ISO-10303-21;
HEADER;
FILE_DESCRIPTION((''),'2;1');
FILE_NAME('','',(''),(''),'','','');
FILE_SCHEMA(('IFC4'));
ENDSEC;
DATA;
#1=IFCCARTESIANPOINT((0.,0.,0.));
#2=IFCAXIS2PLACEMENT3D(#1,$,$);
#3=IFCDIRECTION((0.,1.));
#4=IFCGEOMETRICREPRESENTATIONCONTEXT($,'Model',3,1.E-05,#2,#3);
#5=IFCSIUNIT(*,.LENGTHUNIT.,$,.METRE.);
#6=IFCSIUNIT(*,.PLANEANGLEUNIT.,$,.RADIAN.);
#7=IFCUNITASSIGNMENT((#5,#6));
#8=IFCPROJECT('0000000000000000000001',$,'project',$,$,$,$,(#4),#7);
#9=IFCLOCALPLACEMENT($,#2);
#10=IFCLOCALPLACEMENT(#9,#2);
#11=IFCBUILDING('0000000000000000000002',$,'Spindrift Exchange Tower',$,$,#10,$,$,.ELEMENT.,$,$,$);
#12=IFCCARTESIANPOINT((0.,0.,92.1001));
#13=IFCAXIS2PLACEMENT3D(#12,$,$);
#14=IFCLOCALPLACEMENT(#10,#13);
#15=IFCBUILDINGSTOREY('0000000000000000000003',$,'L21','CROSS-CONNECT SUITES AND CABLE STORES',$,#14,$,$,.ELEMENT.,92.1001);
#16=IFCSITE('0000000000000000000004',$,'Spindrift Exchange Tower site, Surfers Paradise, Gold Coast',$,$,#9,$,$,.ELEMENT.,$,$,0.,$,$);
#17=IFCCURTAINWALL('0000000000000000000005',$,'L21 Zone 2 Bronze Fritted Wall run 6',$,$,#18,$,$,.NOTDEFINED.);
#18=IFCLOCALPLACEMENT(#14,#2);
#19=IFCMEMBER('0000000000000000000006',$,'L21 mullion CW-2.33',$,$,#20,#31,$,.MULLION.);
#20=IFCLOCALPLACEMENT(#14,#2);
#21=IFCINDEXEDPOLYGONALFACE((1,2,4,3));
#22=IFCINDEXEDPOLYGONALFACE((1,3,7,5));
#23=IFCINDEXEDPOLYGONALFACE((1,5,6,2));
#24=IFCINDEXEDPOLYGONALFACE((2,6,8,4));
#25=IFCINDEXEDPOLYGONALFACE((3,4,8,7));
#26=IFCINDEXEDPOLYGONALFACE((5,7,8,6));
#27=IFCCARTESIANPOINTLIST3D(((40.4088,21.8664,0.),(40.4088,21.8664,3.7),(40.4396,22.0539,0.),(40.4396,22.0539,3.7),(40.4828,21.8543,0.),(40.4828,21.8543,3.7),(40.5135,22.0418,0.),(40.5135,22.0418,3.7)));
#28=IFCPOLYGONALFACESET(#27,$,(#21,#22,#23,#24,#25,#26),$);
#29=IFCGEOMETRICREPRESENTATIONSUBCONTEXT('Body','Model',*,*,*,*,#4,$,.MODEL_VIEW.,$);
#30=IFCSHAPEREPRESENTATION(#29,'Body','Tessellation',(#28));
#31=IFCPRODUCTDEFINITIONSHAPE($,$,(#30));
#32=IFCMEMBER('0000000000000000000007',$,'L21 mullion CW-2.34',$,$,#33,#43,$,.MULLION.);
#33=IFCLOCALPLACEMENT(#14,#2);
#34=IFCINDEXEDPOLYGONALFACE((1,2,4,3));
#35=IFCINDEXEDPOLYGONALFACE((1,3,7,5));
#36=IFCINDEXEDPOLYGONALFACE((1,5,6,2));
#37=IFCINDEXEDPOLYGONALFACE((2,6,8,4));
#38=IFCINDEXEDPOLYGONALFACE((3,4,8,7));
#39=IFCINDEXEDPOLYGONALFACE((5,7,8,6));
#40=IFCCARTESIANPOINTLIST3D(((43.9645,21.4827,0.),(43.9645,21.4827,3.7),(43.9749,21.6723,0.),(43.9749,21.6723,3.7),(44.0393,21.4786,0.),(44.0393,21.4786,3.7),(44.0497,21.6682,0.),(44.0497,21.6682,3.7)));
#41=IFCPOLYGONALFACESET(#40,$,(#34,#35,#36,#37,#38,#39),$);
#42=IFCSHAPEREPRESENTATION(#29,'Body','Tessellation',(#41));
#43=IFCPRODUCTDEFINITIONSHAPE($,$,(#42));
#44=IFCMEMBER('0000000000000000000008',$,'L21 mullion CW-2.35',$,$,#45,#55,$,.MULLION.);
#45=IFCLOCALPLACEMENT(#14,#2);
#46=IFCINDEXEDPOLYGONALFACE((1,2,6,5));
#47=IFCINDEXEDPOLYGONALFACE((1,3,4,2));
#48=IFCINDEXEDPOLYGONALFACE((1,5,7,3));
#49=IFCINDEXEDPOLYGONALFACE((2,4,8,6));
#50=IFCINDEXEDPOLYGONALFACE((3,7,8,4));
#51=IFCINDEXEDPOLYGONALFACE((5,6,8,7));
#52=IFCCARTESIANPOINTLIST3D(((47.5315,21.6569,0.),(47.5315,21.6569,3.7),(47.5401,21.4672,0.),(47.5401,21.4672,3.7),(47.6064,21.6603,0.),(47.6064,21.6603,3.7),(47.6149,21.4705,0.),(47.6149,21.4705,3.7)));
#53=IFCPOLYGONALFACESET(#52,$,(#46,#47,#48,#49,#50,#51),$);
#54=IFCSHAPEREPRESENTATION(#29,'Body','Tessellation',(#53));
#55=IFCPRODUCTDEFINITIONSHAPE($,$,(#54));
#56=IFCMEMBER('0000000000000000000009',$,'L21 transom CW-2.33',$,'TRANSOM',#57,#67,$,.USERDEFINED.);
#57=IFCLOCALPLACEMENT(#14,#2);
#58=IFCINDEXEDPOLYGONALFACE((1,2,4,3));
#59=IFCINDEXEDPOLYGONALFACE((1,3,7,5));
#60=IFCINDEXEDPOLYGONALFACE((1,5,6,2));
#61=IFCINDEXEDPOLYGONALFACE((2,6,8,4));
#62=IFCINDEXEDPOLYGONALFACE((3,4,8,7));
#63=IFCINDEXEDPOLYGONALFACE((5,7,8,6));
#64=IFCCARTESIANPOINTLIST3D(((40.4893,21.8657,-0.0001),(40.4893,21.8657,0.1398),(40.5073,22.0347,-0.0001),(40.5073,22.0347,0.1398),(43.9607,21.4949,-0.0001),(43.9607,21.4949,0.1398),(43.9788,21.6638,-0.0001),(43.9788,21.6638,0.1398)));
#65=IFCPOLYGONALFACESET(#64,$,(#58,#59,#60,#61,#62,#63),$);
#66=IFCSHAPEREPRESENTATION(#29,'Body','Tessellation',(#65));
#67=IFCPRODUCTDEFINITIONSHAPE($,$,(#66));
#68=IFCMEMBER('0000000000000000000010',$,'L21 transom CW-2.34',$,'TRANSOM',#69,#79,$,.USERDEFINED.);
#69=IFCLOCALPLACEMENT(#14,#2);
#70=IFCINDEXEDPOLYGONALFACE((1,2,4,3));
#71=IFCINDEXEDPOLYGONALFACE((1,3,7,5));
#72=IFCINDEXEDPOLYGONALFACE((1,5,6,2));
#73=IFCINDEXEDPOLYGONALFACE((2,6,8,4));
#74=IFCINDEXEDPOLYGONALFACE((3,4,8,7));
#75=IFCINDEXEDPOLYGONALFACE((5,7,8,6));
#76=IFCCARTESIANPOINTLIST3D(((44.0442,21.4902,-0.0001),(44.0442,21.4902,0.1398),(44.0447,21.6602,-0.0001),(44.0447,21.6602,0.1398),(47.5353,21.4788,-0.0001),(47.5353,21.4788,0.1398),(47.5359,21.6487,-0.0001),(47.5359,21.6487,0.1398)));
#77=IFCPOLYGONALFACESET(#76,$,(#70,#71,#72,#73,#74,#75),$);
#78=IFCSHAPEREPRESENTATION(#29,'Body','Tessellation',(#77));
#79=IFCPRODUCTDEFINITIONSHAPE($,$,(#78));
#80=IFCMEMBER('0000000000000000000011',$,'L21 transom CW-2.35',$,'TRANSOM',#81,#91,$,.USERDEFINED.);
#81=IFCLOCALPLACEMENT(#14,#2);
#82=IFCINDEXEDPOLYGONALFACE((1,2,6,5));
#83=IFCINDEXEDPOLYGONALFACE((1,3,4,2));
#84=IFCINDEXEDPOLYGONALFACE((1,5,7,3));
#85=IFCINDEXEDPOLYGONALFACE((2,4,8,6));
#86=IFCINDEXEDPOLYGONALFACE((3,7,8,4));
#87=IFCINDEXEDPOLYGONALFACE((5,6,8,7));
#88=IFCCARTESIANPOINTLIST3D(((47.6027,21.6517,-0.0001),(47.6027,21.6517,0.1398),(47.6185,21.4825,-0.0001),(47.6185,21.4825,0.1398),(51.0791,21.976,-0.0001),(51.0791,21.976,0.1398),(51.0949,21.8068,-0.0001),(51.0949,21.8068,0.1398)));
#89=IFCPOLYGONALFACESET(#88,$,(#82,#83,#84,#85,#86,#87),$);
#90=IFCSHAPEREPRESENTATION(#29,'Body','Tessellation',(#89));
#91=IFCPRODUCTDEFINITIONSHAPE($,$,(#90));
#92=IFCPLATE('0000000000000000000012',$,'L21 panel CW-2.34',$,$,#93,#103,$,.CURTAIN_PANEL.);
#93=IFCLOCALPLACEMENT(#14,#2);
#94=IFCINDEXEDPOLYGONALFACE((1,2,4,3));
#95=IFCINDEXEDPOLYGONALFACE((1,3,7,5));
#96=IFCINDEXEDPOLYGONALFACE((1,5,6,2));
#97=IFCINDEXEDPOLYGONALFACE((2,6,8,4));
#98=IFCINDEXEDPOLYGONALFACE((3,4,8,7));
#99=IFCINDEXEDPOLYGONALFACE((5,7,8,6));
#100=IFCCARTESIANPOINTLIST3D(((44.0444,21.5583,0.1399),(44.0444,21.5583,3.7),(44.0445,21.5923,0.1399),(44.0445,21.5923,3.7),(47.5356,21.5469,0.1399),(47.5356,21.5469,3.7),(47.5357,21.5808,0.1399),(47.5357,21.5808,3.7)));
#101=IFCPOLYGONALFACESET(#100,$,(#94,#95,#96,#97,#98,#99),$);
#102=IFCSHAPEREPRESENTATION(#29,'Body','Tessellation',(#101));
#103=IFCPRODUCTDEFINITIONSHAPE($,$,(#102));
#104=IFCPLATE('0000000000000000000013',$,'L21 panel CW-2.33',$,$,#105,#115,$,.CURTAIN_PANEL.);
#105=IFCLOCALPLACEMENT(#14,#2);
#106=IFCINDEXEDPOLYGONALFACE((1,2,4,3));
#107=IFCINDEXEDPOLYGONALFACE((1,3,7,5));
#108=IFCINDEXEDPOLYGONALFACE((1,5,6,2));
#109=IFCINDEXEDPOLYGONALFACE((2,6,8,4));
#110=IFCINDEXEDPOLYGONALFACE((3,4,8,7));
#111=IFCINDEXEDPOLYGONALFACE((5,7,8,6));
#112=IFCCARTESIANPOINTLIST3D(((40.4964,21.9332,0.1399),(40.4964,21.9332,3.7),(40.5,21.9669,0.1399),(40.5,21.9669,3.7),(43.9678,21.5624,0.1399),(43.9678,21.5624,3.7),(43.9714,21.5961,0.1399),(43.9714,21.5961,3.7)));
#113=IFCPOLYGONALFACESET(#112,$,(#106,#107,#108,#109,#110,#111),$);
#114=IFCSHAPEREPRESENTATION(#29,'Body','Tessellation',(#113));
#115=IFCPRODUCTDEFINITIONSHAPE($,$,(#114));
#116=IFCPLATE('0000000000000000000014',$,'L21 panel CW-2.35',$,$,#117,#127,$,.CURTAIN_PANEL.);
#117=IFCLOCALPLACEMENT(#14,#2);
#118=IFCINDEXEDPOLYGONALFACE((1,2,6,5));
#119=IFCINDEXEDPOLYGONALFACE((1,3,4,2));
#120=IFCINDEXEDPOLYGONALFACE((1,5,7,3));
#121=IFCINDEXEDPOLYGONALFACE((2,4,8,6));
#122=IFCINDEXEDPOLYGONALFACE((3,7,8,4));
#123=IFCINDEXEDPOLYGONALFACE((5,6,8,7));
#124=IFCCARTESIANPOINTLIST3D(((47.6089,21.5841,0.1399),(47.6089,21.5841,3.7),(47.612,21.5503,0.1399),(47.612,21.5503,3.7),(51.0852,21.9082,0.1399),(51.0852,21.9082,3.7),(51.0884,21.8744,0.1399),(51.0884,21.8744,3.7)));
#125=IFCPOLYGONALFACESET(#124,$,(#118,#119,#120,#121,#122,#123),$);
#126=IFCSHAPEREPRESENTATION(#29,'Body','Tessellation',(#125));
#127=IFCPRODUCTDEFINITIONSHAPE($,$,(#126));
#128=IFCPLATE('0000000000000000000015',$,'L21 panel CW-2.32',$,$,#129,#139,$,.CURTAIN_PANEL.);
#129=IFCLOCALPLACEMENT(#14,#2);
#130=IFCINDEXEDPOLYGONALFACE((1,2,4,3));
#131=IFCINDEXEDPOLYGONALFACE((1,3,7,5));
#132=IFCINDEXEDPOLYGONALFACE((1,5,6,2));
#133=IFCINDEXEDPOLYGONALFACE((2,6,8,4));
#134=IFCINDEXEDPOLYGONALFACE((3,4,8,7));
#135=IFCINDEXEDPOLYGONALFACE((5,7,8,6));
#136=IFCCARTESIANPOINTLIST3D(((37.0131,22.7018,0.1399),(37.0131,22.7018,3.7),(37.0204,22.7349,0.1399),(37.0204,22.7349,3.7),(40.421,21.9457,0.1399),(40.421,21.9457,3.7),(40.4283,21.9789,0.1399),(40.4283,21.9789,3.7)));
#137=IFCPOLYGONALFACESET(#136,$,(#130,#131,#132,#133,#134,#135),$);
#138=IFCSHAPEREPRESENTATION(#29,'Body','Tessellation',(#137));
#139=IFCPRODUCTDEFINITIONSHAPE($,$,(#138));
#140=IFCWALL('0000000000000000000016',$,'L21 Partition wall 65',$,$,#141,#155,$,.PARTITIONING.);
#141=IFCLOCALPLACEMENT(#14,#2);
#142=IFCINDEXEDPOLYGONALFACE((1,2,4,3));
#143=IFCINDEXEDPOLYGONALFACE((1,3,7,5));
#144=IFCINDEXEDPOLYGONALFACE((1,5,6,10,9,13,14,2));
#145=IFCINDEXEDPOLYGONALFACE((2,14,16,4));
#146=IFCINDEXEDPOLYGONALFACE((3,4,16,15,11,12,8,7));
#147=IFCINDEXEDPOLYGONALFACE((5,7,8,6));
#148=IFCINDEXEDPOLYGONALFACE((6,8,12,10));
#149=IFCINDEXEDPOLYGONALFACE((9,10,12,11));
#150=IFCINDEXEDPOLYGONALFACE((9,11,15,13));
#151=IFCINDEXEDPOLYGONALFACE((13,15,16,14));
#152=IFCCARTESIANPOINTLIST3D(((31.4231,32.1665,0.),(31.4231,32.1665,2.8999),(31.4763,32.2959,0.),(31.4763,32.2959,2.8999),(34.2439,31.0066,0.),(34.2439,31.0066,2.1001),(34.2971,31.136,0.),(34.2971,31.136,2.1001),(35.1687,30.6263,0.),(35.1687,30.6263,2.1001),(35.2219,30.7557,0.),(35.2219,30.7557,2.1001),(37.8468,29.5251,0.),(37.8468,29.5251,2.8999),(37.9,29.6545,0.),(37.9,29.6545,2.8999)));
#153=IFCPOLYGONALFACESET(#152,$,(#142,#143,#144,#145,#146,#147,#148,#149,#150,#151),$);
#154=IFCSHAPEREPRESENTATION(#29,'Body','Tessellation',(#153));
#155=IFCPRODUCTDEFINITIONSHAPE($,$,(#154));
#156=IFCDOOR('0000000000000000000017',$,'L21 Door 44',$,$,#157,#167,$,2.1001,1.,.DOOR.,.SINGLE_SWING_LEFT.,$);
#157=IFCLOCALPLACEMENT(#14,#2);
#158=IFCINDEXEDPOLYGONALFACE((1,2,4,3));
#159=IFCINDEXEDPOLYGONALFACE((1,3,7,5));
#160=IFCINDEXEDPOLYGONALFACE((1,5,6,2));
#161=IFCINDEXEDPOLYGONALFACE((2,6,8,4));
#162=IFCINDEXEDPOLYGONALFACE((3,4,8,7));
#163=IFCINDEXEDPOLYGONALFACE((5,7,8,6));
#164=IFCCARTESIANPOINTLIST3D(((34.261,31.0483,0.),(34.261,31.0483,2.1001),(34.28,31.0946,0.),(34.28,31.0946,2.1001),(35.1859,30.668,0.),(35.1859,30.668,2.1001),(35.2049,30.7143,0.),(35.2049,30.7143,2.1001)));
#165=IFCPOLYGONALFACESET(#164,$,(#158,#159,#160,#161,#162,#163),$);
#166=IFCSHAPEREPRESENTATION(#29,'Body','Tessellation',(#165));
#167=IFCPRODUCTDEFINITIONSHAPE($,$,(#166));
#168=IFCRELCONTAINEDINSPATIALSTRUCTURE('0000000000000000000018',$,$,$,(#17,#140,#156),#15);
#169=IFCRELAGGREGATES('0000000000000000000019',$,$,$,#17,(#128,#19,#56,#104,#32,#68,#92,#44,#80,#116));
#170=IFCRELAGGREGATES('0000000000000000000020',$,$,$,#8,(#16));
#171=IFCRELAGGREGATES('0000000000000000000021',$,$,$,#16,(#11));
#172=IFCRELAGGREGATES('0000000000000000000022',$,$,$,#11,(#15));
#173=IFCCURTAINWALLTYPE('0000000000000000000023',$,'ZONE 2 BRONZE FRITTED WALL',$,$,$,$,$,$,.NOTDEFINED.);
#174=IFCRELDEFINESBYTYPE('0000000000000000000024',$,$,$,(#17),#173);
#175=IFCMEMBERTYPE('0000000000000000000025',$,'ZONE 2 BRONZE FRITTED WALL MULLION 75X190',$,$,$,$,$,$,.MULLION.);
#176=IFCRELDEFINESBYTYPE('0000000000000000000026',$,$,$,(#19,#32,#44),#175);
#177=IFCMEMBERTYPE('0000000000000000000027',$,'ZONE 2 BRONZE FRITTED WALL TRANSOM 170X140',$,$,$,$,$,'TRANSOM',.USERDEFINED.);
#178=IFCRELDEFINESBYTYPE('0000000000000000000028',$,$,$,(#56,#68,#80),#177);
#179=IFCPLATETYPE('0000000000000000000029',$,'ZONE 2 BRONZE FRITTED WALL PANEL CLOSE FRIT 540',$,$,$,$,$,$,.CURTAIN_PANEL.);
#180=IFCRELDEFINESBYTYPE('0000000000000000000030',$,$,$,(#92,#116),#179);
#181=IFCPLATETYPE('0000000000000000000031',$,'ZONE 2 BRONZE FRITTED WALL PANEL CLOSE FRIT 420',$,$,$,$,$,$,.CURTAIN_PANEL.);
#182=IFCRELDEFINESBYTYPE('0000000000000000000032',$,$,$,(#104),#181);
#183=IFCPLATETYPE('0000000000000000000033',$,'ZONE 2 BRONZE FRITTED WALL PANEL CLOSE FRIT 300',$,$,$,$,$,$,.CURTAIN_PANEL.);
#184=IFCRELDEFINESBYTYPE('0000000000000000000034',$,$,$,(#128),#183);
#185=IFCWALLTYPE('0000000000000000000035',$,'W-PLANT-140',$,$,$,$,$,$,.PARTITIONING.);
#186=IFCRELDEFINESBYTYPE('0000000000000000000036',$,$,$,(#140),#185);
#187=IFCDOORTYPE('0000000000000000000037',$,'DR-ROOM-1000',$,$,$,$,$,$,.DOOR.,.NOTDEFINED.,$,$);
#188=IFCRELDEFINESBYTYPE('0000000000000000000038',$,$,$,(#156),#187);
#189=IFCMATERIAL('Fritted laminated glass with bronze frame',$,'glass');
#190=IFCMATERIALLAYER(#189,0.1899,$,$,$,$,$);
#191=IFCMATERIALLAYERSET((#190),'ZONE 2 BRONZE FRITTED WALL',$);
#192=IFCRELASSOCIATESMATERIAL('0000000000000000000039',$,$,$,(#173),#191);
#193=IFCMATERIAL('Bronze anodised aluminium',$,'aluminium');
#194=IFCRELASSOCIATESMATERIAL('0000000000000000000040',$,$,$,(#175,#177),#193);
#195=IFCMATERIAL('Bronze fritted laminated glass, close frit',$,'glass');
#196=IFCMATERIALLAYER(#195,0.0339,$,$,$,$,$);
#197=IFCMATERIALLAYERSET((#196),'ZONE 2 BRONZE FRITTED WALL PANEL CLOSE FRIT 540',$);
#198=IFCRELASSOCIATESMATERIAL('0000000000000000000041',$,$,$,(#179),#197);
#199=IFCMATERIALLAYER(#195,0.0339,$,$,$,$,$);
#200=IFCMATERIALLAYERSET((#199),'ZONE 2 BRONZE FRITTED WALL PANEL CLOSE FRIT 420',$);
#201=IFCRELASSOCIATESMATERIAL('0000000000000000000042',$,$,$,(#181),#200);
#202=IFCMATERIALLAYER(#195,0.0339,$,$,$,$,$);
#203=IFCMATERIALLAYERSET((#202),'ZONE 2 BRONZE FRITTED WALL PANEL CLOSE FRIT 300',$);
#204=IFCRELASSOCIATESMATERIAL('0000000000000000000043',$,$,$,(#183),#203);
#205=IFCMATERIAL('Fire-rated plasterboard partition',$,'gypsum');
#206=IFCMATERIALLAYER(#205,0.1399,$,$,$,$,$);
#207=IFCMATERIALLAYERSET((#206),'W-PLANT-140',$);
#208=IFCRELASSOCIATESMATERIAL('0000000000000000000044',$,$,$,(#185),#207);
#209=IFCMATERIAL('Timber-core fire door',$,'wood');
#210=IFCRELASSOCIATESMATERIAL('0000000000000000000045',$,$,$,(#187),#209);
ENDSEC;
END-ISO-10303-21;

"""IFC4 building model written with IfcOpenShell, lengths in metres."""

from ifc_helpers import new_model, si_unit, direction, frame, frame_2d, origin, origin_2d, place, context, subcontext, project, spatial, rectangle, extrude, source, transform, mapped, material, layer, layer_set, material_profile, profile_set, type_object, element, fill, aggregate, save


model = new_model("IFC4")

# Units and contexts
model_context = context("Model", 3, precision=1e-05, world=origin(), true_north=direction((0.0, 1.0)))
body_context = subcontext(model_context, "Body", "Model", "MODEL_VIEW")
ifc_project = project(units=[si_unit("LENGTHUNIT", "METRE"), si_unit("PLANEANGLEUNIT", "RADIAN")], contexts=[model_context])

# Site, building, storey
site_placement = place(None, origin())
site = spatial("IfcSite", under=ifc_project, at=site_placement, Name="Spindrift Exchange Tower site, Surfers Paradise, Gold Coast", CompositionType="ELEMENT", RefElevation=0.0)
building_placement = place(site_placement, origin())
building = spatial("IfcBuilding", under=site, at=building_placement, Name="Spindrift Exchange Tower", CompositionType="ELEMENT")
storey_placement = place(building_placement, frame((0.0, 0.0, 92.1001)))
storey = spatial("IfcBuildingStorey", under=building, at=storey_placement, Name="L21", Description="CROSS-CONNECT SUITES AND CABLE STORES", CompositionType="ELEMENT", Elevation=92.1001)

# Curtain wall, members, plates
ifc_material_1 = material(Name="Fritted laminated glass with bronze frame", Category="glass")
ifc_layer_1 = layer(ifc_material_1, 0.1899)
ifc_layer_set_1 = layer_set([ifc_layer_1], Name="ZONE 2 BRONZE FRITTED WALL")
curtain_wall_type = type_object("IfcCurtainWallType", Name="ZONE 2 BRONZE FRITTED WALL", PredefinedType="NOTDEFINED", material=ifc_layer_set_1)
curtain_wall_placement = place(storey_placement, origin())
curtain_wall = element("IfcCurtainWall", 1, at=curtain_wall_placement, inside=storey, type_object=curtain_wall_type, Name="L21 Zone 2 Bronze Fritted Wall run 6", PredefinedType="NOTDEFINED")
ifc_material_2 = material(Name="Bronze anodised aluminium", Category="aluminium")
ifc_material_profile_1 = material_profile(ifc_material_2, rectangle(XDim=0.075, YDim=0.1899, at=origin_2d()), Name="ZONE 2 BRONZE FRITTED WALL MULLION 75X190")
ifc_profile_set_1 = profile_set([ifc_material_profile_1], Name="Bronze anodised aluminium")
member_type_1 = type_object("IfcMemberType", Name="ZONE 2 BRONZE FRITTED WALL MULLION 75X190", PredefinedType="MULLION", material=ifc_profile_set_1)
shared_shape_1 = source(origin(), body_context, "Body", "SweptSolid", [
    extrude(rectangle(XDim=0.075, YDim=0.1899, at=origin_2d()), origin(), (0.0, 0.0, 1.0), 3.7),
])
member_1_placement = place(storey_placement, frame((40.4612, 21.9541, 0.0), z_axis=(0.0, 0.0, 1.0), x_axis=(0.986849, -0.161645, 0.0)))
member_1 = element("IfcMember", 2, at=member_1_placement, type_object=member_type_1, Name="L21 mullion CW-2.33", PredefinedType="MULLION", context=body_context, shape_type="MappedRepresentation", body=[
    mapped(shared_shape_1, transform((0.0, 0.0, 0.0), scale=1.0)),
])
member_2_placement = place(storey_placement, frame((44.0071, 21.5754, 0.0), z_axis=(0.0, 0.0, 1.0), x_axis=(0.998497, -0.054811, 0.0)))
member_2 = element("IfcMember", 3, at=member_2_placement, type_object=member_type_1, Name="L21 mullion CW-2.34", PredefinedType="MULLION", context=body_context, shape_type="MappedRepresentation", body=[
    mapped(shared_shape_1, transform((0.0, 0.0, 0.0), scale=1.0)),
])
member_3_placement = place(storey_placement, frame((47.5732, 21.5637, 0.0), z_axis=(0.0, 0.0, 1.0), x_axis=(0.998995, 0.04483, 0.0)))
member_3 = element("IfcMember", 4, at=member_3_placement, type_object=member_type_1, Name="L21 mullion CW-2.35", PredefinedType="MULLION", context=body_context, shape_type="MappedRepresentation", body=[
    mapped(shared_shape_1, transform((0.0, 0.0, 0.0), scale=1.0)),
])
ifc_material_profile_2 = material_profile(ifc_material_2, rectangle(XDim=0.1699, YDim=0.1399, at=origin_2d()), Name="ZONE 2 BRONZE FRITTED WALL TRANSOM 170X140")
ifc_profile_set_2 = profile_set([ifc_material_profile_2], Name="Bronze anodised aluminium")
member_type_2 = type_object("IfcMemberType", Name="ZONE 2 BRONZE FRITTED WALL TRANSOM 170X140", ElementType="TRANSOM", PredefinedType="USERDEFINED", material=ifc_profile_set_2)
shared_shape_2 = source(origin(), body_context, "Body", "SweptSolid", [
    extrude(rectangle(XDim=0.1699, YDim=0.1399, at=origin_2d()), origin(), (0.0, 0.0, 1.0), 3.4912),
])
member_4_placement = place(storey_placement, frame((40.4983, 21.9502, 0.0698), z_axis=(0.994342, -0.106224, 0.0), x_axis=(0.106224, 0.994342, 0.0)))
member_4 = element("IfcMember", 5, at=member_4_placement, type_object=member_type_2, Name="L21 transom CW-2.33", ObjectType="TRANSOM", PredefinedType="USERDEFINED", context=body_context, shape_type="MappedRepresentation", body=[
    mapped(shared_shape_2, transform((0.0, 0.0, 0.0), scale=1.0)),
])
member_5_placement = place(storey_placement, frame((44.0444, 21.5752, 0.0698), z_axis=(0.999995, -0.003287, 0.0), x_axis=(0.003287, 0.999995, 0.0)))
member_5 = element("IfcMember", 6, at=member_5_placement, type_object=member_type_2, Name="L21 transom CW-2.34", ObjectType="TRANSOM", PredefinedType="USERDEFINED", context=body_context, shape_type="MappedRepresentation", body=[
    mapped(shared_shape_2, transform((0.0, 0.0, 0.0), scale=1.0)),
])
shared_shape_3 = source(origin(), body_context, "Body", "SweptSolid", [
    extrude(rectangle(XDim=0.1699, YDim=0.1399, at=origin_2d()), origin(), (0.0, 0.0, 1.0), 3.4915),
])
member_6_placement = place(storey_placement, frame((47.6106, 21.5671, 0.0698), z_axis=(0.995679, 0.092862, 0.0), x_axis=(-0.092862, 0.995679, 0.0)))
member_6 = element("IfcMember", 7, at=member_6_placement, type_object=member_type_2, Name="L21 transom CW-2.35", ObjectType="TRANSOM", PredefinedType="USERDEFINED", context=body_context, shape_type="MappedRepresentation", body=[
    mapped(shared_shape_3, transform((0.0, 0.0, 0.0), scale=1.0)),
])
ifc_material_3 = material(Name="Bronze fritted laminated glass, close frit", Category="glass")
ifc_layer_2 = layer(ifc_material_3, 0.0339)
ifc_layer_set_2 = layer_set([ifc_layer_2], Name="ZONE 2 BRONZE FRITTED WALL PANEL CLOSE FRIT 540")
plate_type_1 = type_object("IfcPlateType", Name="ZONE 2 BRONZE FRITTED WALL PANEL CLOSE FRIT 540", PredefinedType="CURTAIN_PANEL", material=ifc_layer_set_2)
shared_shape_4 = source(origin(), body_context, "Body", "SweptSolid", [
    extrude(rectangle(XDim=3.4912, YDim=0.0339, at=origin_2d()), origin(), (0.0, 0.0, 1.0), 3.5601),
])
plate_1_placement = place(storey_placement, frame((45.79, 21.5696, 0.1399), z_axis=(0.0, 0.0, 1.0), x_axis=(0.999995, -0.003281, 0.0)))
plate_1 = element("IfcPlate", 8, at=plate_1_placement, type_object=plate_type_1, Name="L21 panel CW-2.34", PredefinedType="CURTAIN_PANEL", context=body_context, shape_type="MappedRepresentation", body=[
    mapped(shared_shape_4, transform((0.0, 0.0, 0.0), scale=1.0)),
])
ifc_layer_3 = layer(ifc_material_3, 0.0339)
ifc_layer_set_3 = layer_set([ifc_layer_3], Name="ZONE 2 BRONZE FRITTED WALL PANEL CLOSE FRIT 420")
plate_type_2 = type_object("IfcPlateType", Name="ZONE 2 BRONZE FRITTED WALL PANEL CLOSE FRIT 420", PredefinedType="CURTAIN_PANEL", material=ifc_layer_set_3)
shared_shape_5 = source(origin(), body_context, "Body", "SweptSolid", [
    extrude(rectangle(XDim=3.4912, YDim=0.0339, at=origin_2d()), origin(), (0.0, 0.0, 1.0), 3.5601),
])
plate_2_placement = place(storey_placement, frame((42.2339, 21.7646, 0.1399), z_axis=(0.0, 0.0, 1.0), x_axis=(0.994345, -0.106195, 0.0)))
plate_2 = element("IfcPlate", 9, at=plate_2_placement, type_object=plate_type_2, Name="L21 panel CW-2.33", PredefinedType="CURTAIN_PANEL", context=body_context, shape_type="MappedRepresentation", body=[
    mapped(shared_shape_5, transform((0.0, 0.0, 0.0), scale=1.0)),
])
shared_shape_6 = source(origin(), body_context, "Body", "SweptSolid", [
    extrude(rectangle(XDim=3.4915, YDim=0.0339, at=origin_2d()), origin(), (0.0, 0.0, 1.0), 3.5601),
])
plate_3_placement = place(storey_placement, frame((49.3486, 21.7292, 0.1399), z_axis=(0.0, 0.0, 1.0), x_axis=(0.995681, 0.092836, 0.0)))
plate_3 = element("IfcPlate", 10, at=plate_3_placement, type_object=plate_type_1, Name="L21 panel CW-2.35", PredefinedType="CURTAIN_PANEL", context=body_context, shape_type="MappedRepresentation", body=[
    mapped(shared_shape_6, transform((0.0, 0.0, 0.0), scale=1.0)),
])
ifc_layer_4 = layer(ifc_material_3, 0.0339)
ifc_layer_set_4 = layer_set([ifc_layer_4], Name="ZONE 2 BRONZE FRITTED WALL PANEL CLOSE FRIT 300")
plate_type_3 = type_object("IfcPlateType", Name="ZONE 2 BRONZE FRITTED WALL PANEL CLOSE FRIT 300", PredefinedType="CURTAIN_PANEL", material=ifc_layer_set_4)
shared_shape_7 = source(origin(), body_context, "Body", "SweptSolid", [
    extrude(rectangle(XDim=3.4907, YDim=0.0339, at=origin_2d()), origin(), (0.0, 0.0, 1.0), 3.5601),
])
plate_4_placement = place(storey_placement, frame((38.7207, 22.3403, 0.1399), z_axis=(0.0, 0.0, 1.0), x_axis=(0.976263, -0.21659, 0.0)))
plate_4 = element("IfcPlate", 11, at=plate_4_placement, type_object=plate_type_3, Name="L21 panel CW-2.32", PredefinedType="CURTAIN_PANEL", context=body_context, shape_type="MappedRepresentation", body=[
    mapped(shared_shape_7, transform((0.0, 0.0, 0.0), scale=1.0)),
])
aggregate(curtain_wall, [plate_4, member_1, member_4, plate_2, member_2, member_5, plate_1, member_3, member_6, plate_3])

# Wall, opening, door
ifc_material_4 = material(Name="Fire-rated plasterboard partition", Category="gypsum")
ifc_layer_5 = layer(ifc_material_4, 0.1399)
ifc_layer_set_5 = layer_set([ifc_layer_5], Name="W-PLANT-140")
wall_type = type_object("IfcWallType", Name="W-PLANT-140", PredefinedType="PARTITIONING", material=ifc_layer_set_5)
wall_1_placement = place(storey_placement, frame((37.8733, 29.5898, 0.0), z_axis=(0.0, 0.0, 1.0), x_axis=(-0.924863, 0.380301, 0.0)))
wall_1 = element("IfcWall", 12, at=wall_1_placement, inside=storey, type_object=wall_type, Name="L21 Partition wall 65", PredefinedType="PARTITIONING", context=body_context, shape_type="SweptSolid", body=[
    extrude(rectangle(XDim=6.9456, YDim=0.1399, at=frame_2d((3.4727, 0.0))), origin(), (0.0, 0.0, 1.0), 2.8999),
])
opening_1_placement = place(wall_1_placement, frame((2.8955, 0.0, 0.0)))
opening_1 = element("IfcOpeningElement", 13, at=opening_1_placement, cuts=wall_1, PredefinedType="OPENING", context=body_context, shape_type="SweptSolid", body=[
    extrude(rectangle(XDim=1.0, YDim=2.1001, at=frame_2d((0.5, 1.05))), frame((0.0, 0.0798, 0.0), z_axis=(0.0, -1.0, 0.0), x_axis=(1.0, 0.0, 0.0)), (0.0, 0.0, 1.0), 0.1599),
])
ifc_material_5 = material(Name="Timber-core fire door", Category="wood")
door_type = type_object("IfcDoorType", Name="DR-ROOM-1000", OperationType="NOTDEFINED", PredefinedType="DOOR", material=ifc_material_5)
shared_shape_8 = source(origin(), body_context, "Body", "SweptSolid", [
    extrude(rectangle(XDim=1.0, YDim=2.1001, at=frame_2d((0.5, 1.05))), frame((0.0, 0.0249, 0.0), z_axis=(0.0, -1.0, 0.0), x_axis=(1.0, 0.0, 0.0)), (0.0, 0.0, 1.0), 0.05),
])
door_1_placement = place(opening_1_placement, origin())
door_1 = element("IfcDoor", 14, at=door_1_placement, inside=storey, type_object=door_type, Name="L21 Door 44", OperationType="SINGLE_SWING_LEFT", OverallHeight=2.1001, OverallWidth=1.0, PredefinedType="DOOR", context=body_context, shape_type="MappedRepresentation", body=[
    mapped(shared_shape_8, transform((0.0, 0.0, 0.0), scale=1.0)),
])
fill(opening_1, door_1)

save(model, "model.ifc")
